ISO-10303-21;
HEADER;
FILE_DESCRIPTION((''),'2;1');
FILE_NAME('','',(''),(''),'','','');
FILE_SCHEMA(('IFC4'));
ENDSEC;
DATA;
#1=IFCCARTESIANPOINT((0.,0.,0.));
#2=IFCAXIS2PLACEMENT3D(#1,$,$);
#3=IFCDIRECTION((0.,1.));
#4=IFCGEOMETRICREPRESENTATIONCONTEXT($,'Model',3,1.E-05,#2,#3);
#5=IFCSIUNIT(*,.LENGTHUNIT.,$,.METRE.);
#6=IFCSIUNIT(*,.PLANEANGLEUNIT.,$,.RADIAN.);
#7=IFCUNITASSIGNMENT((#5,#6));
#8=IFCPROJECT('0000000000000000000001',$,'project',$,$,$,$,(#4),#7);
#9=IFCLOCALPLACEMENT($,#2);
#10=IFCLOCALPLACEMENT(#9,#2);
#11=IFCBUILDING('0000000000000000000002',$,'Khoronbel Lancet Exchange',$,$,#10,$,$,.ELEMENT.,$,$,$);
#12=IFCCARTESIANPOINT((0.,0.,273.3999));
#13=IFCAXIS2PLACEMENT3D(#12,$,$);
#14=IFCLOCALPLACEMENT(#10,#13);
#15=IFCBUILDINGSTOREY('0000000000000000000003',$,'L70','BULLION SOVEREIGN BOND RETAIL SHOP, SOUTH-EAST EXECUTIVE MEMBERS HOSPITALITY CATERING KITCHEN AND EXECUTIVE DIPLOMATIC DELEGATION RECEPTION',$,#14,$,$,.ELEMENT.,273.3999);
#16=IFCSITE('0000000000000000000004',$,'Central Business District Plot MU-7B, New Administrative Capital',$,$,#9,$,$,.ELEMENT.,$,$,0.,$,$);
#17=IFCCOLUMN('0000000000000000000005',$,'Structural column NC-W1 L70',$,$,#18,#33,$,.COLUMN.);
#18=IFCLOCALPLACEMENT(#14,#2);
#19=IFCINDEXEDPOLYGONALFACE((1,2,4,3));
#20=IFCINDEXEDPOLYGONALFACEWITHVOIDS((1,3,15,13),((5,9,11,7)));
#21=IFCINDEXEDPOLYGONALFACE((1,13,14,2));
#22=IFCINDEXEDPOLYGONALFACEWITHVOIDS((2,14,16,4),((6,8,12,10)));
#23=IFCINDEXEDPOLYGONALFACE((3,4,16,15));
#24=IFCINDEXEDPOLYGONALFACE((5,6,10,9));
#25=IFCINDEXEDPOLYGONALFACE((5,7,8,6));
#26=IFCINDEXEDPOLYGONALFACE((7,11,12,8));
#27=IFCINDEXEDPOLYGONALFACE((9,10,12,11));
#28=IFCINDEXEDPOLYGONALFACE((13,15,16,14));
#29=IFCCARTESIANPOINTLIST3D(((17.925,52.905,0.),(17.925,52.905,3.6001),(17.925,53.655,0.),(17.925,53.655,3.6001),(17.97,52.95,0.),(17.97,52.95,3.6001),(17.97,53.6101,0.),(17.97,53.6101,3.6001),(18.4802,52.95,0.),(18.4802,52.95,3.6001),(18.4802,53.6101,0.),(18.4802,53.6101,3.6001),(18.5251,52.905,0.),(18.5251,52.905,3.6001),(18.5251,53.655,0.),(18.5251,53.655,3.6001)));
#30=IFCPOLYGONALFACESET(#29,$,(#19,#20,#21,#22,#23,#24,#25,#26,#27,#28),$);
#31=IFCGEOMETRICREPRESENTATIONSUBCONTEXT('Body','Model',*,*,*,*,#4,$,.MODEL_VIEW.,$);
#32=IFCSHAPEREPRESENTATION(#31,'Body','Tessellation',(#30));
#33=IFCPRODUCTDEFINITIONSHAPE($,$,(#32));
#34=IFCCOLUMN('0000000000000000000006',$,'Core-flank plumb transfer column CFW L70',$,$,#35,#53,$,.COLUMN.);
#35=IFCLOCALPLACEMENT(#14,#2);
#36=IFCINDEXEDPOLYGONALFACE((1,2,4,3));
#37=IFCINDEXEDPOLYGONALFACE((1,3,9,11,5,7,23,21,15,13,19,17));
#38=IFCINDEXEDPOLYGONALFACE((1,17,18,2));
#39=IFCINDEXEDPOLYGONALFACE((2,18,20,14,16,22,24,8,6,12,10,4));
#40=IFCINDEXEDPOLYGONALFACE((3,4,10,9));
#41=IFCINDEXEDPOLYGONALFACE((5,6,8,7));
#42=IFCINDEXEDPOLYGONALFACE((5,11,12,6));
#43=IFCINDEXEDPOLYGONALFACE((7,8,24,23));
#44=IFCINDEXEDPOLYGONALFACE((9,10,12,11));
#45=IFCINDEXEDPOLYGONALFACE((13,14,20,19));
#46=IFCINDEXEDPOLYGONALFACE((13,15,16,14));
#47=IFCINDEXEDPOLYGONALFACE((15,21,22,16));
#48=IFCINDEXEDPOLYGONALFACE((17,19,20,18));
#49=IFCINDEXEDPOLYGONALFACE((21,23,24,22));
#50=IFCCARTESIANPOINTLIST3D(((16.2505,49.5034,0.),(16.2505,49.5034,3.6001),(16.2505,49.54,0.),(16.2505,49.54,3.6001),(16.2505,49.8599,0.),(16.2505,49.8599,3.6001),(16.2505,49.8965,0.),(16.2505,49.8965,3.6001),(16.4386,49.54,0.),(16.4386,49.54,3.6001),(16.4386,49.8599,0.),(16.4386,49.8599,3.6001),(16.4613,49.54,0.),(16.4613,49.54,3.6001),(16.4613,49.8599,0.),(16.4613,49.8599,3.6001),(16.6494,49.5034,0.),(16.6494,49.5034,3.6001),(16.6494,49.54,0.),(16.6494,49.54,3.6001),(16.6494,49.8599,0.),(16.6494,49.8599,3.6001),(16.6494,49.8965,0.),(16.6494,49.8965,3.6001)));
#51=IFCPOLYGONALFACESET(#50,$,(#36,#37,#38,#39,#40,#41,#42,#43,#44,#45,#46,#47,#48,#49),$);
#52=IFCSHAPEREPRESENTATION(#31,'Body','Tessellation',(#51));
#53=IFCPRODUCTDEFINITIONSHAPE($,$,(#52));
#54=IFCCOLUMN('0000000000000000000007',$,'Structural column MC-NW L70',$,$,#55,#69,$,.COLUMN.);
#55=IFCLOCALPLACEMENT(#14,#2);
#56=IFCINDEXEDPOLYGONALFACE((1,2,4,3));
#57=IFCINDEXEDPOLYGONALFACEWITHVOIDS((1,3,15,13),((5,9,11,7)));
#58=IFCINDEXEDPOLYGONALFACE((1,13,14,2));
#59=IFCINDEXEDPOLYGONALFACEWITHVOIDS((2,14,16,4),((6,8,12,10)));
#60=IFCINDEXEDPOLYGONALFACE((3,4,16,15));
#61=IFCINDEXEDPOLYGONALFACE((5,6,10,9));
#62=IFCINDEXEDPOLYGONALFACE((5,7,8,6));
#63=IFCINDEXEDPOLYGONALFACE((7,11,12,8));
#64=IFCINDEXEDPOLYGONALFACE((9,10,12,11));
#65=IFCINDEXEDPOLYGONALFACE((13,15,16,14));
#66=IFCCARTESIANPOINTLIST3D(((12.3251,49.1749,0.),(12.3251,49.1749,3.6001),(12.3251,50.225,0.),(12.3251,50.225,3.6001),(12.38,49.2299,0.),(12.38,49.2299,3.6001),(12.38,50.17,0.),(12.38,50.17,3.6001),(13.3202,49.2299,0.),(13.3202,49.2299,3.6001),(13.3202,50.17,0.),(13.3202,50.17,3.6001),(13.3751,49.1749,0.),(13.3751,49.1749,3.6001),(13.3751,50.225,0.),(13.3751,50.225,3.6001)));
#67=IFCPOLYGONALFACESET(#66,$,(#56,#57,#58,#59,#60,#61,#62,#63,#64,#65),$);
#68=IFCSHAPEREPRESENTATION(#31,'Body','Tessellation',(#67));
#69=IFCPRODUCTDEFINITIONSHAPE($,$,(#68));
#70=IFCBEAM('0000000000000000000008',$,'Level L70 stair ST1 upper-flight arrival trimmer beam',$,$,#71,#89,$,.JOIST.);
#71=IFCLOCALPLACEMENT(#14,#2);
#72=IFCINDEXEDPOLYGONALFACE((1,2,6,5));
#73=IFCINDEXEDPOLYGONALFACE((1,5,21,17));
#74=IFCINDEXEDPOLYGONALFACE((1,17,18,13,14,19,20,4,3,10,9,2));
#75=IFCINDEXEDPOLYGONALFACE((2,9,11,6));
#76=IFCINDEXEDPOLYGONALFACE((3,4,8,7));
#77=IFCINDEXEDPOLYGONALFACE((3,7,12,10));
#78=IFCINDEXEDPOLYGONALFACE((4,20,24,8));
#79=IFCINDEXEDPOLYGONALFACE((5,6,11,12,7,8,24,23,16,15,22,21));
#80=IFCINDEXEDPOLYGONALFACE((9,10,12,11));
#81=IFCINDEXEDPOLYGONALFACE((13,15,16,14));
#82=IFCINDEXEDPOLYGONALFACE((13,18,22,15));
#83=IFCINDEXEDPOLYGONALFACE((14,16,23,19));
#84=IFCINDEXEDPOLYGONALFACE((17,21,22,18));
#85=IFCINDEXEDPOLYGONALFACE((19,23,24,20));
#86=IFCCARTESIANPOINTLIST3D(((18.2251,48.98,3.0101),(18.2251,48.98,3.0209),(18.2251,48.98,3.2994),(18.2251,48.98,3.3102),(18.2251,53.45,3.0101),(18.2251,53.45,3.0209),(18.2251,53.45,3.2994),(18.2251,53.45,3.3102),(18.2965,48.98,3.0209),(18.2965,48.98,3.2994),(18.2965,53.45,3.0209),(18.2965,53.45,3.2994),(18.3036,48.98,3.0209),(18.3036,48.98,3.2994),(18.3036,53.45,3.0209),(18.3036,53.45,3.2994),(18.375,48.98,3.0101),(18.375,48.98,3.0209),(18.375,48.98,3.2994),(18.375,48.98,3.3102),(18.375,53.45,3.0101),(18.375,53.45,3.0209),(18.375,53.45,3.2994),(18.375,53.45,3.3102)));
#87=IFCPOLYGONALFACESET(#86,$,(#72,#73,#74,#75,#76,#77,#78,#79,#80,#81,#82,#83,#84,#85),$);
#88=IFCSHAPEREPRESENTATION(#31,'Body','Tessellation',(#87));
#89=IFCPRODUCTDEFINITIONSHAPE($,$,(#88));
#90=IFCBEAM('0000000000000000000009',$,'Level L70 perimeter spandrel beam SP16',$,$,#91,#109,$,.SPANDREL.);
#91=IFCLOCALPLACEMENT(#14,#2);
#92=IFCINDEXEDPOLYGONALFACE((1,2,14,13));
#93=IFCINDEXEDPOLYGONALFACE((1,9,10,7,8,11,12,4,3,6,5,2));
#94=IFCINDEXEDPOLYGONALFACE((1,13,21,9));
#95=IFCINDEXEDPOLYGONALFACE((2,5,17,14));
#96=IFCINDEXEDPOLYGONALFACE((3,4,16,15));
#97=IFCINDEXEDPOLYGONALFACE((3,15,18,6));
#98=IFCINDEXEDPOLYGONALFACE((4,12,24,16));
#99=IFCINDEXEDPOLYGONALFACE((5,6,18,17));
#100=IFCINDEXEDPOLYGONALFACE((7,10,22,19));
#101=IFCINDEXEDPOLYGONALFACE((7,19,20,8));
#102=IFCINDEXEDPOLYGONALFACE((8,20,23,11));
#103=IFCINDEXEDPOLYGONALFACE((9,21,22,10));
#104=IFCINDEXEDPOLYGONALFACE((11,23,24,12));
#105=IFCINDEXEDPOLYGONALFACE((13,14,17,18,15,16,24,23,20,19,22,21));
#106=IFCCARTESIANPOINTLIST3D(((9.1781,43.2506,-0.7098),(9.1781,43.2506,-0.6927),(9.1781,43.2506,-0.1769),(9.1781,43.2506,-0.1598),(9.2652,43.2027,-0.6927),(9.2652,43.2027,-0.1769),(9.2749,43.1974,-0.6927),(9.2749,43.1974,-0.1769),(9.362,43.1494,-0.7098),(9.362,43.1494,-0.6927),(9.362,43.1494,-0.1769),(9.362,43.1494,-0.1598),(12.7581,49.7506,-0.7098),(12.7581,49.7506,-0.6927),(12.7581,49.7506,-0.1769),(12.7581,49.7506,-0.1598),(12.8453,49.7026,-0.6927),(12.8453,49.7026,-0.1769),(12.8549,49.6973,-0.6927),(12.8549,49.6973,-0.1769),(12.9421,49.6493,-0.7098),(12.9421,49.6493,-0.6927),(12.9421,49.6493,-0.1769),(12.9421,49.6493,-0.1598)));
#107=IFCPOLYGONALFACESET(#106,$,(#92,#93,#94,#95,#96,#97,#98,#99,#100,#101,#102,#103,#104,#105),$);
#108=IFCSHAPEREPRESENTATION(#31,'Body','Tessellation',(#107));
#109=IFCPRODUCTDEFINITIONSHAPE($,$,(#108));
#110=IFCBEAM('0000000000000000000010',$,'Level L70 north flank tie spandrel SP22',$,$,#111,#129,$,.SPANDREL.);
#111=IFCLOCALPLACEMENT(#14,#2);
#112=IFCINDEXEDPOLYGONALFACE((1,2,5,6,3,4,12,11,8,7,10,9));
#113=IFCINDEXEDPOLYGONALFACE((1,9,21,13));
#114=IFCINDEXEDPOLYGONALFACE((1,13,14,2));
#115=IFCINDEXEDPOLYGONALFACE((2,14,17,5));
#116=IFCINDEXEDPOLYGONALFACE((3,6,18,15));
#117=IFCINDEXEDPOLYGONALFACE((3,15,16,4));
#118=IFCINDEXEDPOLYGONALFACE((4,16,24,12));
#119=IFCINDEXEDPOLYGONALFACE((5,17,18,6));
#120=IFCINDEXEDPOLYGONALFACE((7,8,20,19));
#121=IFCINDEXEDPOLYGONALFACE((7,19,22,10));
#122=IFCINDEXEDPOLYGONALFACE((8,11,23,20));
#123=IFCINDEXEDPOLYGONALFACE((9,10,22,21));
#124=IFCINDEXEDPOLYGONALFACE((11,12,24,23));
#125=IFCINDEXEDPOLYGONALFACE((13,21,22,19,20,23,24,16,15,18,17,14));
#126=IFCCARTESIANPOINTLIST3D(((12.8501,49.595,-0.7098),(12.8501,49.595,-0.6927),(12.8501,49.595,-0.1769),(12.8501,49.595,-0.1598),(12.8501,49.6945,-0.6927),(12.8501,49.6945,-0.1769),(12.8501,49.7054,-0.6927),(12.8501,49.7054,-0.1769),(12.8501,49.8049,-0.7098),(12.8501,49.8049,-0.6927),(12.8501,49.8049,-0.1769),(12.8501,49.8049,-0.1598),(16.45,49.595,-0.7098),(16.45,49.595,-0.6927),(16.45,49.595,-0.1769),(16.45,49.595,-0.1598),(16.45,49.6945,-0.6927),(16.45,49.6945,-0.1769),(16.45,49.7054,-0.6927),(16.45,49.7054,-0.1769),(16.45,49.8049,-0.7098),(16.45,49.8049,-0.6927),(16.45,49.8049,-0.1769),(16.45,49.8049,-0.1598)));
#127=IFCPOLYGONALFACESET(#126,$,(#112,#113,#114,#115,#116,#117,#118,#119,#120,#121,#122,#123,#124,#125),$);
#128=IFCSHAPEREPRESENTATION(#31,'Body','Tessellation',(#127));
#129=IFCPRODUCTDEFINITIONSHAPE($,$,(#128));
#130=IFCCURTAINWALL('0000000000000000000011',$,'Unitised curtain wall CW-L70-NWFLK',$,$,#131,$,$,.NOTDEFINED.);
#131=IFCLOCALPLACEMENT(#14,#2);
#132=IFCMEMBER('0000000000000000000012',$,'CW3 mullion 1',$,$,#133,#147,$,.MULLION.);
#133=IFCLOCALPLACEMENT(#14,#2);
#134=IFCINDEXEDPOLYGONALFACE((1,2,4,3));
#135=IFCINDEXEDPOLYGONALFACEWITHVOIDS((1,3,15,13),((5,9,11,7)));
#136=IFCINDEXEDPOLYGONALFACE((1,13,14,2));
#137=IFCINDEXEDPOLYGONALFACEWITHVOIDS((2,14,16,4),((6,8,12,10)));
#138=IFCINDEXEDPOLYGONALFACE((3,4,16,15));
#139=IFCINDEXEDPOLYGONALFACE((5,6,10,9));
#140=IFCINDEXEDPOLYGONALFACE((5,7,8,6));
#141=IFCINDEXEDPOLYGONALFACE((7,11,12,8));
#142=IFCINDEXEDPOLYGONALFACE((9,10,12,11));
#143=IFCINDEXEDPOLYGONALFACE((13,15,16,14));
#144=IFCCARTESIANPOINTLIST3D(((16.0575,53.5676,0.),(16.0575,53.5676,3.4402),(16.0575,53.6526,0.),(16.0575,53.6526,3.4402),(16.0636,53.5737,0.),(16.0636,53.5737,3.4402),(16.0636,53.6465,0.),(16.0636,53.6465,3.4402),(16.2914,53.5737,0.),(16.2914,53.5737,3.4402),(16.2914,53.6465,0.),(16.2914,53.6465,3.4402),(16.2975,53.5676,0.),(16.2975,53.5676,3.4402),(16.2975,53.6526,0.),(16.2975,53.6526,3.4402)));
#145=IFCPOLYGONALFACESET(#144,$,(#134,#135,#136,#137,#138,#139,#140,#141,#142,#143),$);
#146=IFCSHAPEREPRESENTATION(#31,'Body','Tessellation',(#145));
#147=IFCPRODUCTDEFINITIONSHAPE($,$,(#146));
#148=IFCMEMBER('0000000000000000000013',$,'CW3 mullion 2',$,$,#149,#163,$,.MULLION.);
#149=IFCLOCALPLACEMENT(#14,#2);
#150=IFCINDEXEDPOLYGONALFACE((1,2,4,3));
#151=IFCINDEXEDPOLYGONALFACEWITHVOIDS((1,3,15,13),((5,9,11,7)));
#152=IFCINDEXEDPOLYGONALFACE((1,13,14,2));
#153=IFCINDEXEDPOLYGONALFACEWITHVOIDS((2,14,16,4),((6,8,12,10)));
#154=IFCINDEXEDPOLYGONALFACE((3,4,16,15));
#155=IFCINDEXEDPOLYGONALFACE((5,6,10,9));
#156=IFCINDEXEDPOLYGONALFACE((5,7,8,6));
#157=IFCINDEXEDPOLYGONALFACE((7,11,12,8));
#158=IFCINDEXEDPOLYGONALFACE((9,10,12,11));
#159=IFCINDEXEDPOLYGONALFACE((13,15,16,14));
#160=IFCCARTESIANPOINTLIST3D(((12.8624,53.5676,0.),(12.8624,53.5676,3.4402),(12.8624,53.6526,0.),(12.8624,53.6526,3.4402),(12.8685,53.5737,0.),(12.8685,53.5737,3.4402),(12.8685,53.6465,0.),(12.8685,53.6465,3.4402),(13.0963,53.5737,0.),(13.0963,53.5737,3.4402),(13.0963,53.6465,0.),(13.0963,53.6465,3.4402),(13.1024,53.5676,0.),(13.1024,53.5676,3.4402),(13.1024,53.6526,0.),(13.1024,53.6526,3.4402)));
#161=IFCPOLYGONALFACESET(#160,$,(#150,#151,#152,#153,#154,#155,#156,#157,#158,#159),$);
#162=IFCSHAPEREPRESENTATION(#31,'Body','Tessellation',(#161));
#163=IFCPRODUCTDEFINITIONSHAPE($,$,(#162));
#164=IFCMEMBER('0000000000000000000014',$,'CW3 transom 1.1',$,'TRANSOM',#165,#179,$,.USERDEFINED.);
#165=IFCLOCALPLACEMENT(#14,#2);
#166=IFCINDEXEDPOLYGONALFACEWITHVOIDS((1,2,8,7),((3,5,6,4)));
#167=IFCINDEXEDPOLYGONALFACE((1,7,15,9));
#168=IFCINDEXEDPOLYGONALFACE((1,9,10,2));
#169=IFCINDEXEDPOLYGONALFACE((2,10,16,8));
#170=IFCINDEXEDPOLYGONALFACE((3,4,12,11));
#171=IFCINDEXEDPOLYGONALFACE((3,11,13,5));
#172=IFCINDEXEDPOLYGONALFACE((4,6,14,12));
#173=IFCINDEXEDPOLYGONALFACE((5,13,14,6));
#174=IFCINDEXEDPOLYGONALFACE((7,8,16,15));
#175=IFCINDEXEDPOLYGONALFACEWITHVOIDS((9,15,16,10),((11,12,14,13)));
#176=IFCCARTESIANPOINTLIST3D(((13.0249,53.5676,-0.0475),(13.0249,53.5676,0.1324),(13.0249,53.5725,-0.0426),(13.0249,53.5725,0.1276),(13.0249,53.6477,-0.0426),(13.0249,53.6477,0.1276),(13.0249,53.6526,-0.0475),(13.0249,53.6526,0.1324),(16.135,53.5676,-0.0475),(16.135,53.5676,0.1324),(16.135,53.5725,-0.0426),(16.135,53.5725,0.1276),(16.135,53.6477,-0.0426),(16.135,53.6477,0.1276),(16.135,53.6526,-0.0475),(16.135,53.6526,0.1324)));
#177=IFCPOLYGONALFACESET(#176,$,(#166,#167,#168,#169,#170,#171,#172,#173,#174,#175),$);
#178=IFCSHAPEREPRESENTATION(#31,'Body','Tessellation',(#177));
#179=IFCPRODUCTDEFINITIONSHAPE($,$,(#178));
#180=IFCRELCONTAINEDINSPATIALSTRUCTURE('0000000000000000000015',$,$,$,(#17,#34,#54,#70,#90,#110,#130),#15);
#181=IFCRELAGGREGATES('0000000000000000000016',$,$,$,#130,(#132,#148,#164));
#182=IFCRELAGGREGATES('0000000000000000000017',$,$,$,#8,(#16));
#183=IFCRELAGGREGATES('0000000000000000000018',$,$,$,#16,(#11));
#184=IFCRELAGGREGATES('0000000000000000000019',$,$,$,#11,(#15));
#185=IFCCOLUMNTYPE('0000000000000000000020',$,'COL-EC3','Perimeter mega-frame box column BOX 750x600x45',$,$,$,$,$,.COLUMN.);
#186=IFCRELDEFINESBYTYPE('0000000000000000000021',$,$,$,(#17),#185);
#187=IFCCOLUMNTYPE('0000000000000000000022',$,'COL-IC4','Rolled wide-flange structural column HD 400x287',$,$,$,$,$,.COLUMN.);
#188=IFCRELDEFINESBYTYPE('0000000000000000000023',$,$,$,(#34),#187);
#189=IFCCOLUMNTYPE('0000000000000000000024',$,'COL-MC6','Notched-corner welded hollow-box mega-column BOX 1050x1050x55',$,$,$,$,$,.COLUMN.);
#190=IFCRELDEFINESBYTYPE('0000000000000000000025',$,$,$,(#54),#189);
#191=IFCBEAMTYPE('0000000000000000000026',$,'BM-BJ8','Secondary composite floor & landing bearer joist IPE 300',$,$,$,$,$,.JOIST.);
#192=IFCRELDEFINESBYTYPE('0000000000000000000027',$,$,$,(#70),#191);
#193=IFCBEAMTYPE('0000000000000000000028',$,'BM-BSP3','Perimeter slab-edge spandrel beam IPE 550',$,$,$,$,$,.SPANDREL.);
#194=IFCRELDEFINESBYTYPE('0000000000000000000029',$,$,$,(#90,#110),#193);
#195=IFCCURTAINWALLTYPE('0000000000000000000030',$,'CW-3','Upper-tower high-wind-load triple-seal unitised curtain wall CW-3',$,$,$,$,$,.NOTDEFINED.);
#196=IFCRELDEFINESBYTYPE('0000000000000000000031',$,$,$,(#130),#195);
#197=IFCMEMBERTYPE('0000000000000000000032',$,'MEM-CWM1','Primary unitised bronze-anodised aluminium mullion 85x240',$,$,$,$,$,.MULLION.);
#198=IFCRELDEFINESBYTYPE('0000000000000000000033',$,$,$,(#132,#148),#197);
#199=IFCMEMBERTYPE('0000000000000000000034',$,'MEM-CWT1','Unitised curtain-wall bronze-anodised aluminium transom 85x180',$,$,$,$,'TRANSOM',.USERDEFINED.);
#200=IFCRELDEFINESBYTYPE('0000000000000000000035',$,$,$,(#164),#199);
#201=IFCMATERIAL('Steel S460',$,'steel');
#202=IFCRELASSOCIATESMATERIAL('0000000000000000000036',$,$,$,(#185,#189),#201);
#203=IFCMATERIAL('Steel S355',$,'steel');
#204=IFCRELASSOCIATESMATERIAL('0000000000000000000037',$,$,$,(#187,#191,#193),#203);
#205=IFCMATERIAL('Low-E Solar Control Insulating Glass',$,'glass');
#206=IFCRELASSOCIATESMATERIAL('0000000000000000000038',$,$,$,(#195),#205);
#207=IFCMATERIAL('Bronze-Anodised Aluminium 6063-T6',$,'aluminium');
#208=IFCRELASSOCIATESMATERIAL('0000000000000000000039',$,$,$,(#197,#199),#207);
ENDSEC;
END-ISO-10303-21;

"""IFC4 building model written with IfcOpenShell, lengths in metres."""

from ifc_helpers import new_model, si_unit, direction, frame, origin, origin_2d, place, context, subcontext, project, spatial, hollow_rectangle, i_section, extrude, material, material_profile, profile_set, type_object, element, aggregate, save


model = new_model("IFC4")

# Units and contexts
model_context = context("Model", 3, precision=1e-05, world=origin(), true_north=direction((0.0, 1.0)))
body_context = subcontext(model_context, "Body", "Model", "MODEL_VIEW")
ifc_project = project(units=[si_unit("LENGTHUNIT", "METRE"), si_unit("PLANEANGLEUNIT", "RADIAN")], contexts=[model_context])

# Site, building, storey
site_placement = place(None, origin())
site = spatial("IfcSite", under=ifc_project, at=site_placement, Name="Central Business District Plot MU-7B, New Administrative Capital", CompositionType="ELEMENT", RefElevation=0.0)
building_placement = place(site_placement, origin())
building = spatial("IfcBuilding", under=site, at=building_placement, Name="Khoronbel Lancet Exchange", CompositionType="ELEMENT")
storey_placement = place(building_placement, frame((0.0, 0.0, 273.3999)))
storey = spatial("IfcBuildingStorey", under=building, at=storey_placement, Name="L70", Description="BULLION SOVEREIGN BOND RETAIL SHOP, SOUTH-EAST EXECUTIVE MEMBERS HOSPITALITY CATERING KITCHEN AND EXECUTIVE DIPLOMATIC DELEGATION RECEPTION", CompositionType="ELEMENT", Elevation=273.3999)

# Columns
ifc_material_1 = material(Name="Steel S460", Category="steel")
ifc_material_profile_1 = material_profile(ifc_material_1, hollow_rectangle(XDim=0.6001, YDim=0.75, WallThickness=0.0449, at=origin_2d()), Name="BOX 750x600x45")
ifc_profile_set_1 = profile_set([ifc_material_profile_1], Name="Steel S460")
column_type_1 = type_object("IfcColumnType", Name="COL-EC3", Description="Perimeter mega-frame box column BOX 750x600x45", PredefinedType="COLUMN", material=ifc_profile_set_1)
column_1_placement = place(storey_placement, frame((18.2251, 53.28, 0.0), z_axis=(0.0, 0.0, 1.0), x_axis=(1.0, 0.0, 0.0)))
element("IfcColumn", 1, at=column_1_placement, inside=storey, type_object=column_type_1, Name="Structural column NC-W1 L70", PredefinedType="COLUMN", context=body_context, shape_type="SweptSolid", body=[
    extrude(hollow_rectangle(XDim=0.6001, YDim=0.75, WallThickness=0.0449, at=origin_2d()), origin(), (0.0, 0.0, 1.0), 3.6001),
])
ifc_material_2 = material(Name="Steel S355", Category="steel")
ifc_material_profile_2 = material_profile(ifc_material_2, i_section(OverallWidth=0.3989, OverallDepth=0.3931, WebThickness=0.0227, FlangeThickness=0.0366, at=origin_2d()), Name="HD 400x287")
ifc_profile_set_2 = profile_set([ifc_material_profile_2], Name="Steel S355")
column_type_2 = type_object("IfcColumnType", Name="COL-IC4", Description="Rolled wide-flange structural column HD 400x287", PredefinedType="COLUMN", material=ifc_profile_set_2)
column_2_placement = place(storey_placement, frame((16.45, 49.7, 0.0), z_axis=(0.0, 0.0, 1.0), x_axis=(1.0, 0.0, 0.0)))
element("IfcColumn", 2, at=column_2_placement, inside=storey, type_object=column_type_2, Name="Core-flank plumb transfer column CFW L70", PredefinedType="COLUMN", context=body_context, shape_type="SweptSolid", body=[
    extrude(i_section(OverallWidth=0.3989, OverallDepth=0.3931, WebThickness=0.0227, FlangeThickness=0.0366, at=origin_2d()), origin(), (0.0, 0.0, 1.0), 3.6001),
])
ifc_material_profile_3 = material_profile(ifc_material_1, hollow_rectangle(XDim=1.05, YDim=1.05, WallThickness=0.0549, at=origin_2d()), Name="BOX 1050x1050x55")
ifc_profile_set_3 = profile_set([ifc_material_profile_3], Name="Steel S460")
column_type_3 = type_object("IfcColumnType", Name="COL-MC6", Description="Notched-corner welded hollow-box mega-column BOX 1050x1050x55", PredefinedType="COLUMN", material=ifc_profile_set_3)
column_3_placement = place(storey_placement, frame((12.8501, 49.7, 0.0), z_axis=(0.0, 0.0, 1.0), x_axis=(1.0, 0.0, 0.0)))
element("IfcColumn", 3, at=column_3_placement, inside=storey, type_object=column_type_3, Name="Structural column MC-NW L70", PredefinedType="COLUMN", context=body_context, shape_type="SweptSolid", body=[
    extrude(hollow_rectangle(XDim=1.05, YDim=1.05, WallThickness=0.0549, at=origin_2d()), origin(), (0.0, 0.0, 1.0), 3.6001),
])

# Beams
ifc_material_profile_4 = material_profile(ifc_material_2, i_section(OverallWidth=0.1499, OverallDepth=0.3, WebThickness=0.0071, FlangeThickness=0.0107, at=origin_2d()), Name="IPE 300")
ifc_profile_set_4 = profile_set([ifc_material_profile_4], Name="Steel S355")
beam_type_1 = type_object("IfcBeamType", Name="BM-BJ8", Description="Secondary composite floor & landing bearer joist IPE 300", PredefinedType="JOIST", material=ifc_profile_set_4)
beam_1_placement = place(storey_placement, frame((18.3, 48.98, 3.1602), z_axis=(0.0, 1.0, 0.0), x_axis=(-1.0, 0.0, 0.0)))
element("IfcBeam", 4, at=beam_1_placement, inside=storey, type_object=beam_type_1, Name="Level L70 stair ST1 upper-flight arrival trimmer beam", PredefinedType="JOIST", context=body_context, shape_type="SweptSolid", body=[
    extrude(i_section(OverallWidth=0.1499, OverallDepth=0.3, WebThickness=0.0071, FlangeThickness=0.0107, at=origin_2d()), origin(), (0.0, 0.0, 1.0), 4.47),
])
ifc_material_profile_5 = material_profile(ifc_material_2, i_section(OverallWidth=0.21, OverallDepth=0.55, WebThickness=0.011, FlangeThickness=0.0171, at=origin_2d()), Name="IPE 550")
ifc_profile_set_5 = profile_set([ifc_material_profile_5], Name="Steel S355")
beam_type_2 = type_object("IfcBeamType", Name="BM-BSP3", Description="Perimeter slab-edge spandrel beam IPE 550", PredefinedType="SPANDREL", material=ifc_profile_set_5)
beam_2_placement = place(storey_placement, frame((12.8501, 49.7, -0.4348), z_axis=(-0.482444, -0.875927, 0.0), x_axis=(0.875927, -0.482444, 0.0)))
element("IfcBeam", 5, at=beam_2_placement, inside=storey, type_object=beam_type_2, Name="Level L70 perimeter spandrel beam SP16", PredefinedType="SPANDREL", context=body_context, shape_type="SweptSolid", body=[
    extrude(i_section(OverallWidth=0.21, OverallDepth=0.55, WebThickness=0.011, FlangeThickness=0.0171, at=origin_2d()), origin(), (0.0, 0.0, 1.0), 7.4207),
])
beam_3_placement = place(storey_placement, frame((12.8501, 49.7, -0.4348), z_axis=(1.0, 0.0, 0.0), x_axis=(0.0, 1.0, 0.0)))
element("IfcBeam", 6, at=beam_3_placement, inside=storey, type_object=beam_type_2, Name="Level L70 north flank tie spandrel SP22", PredefinedType="SPANDREL", context=body_context, shape_type="SweptSolid", body=[
    extrude(i_section(OverallWidth=0.21, OverallDepth=0.55, WebThickness=0.011, FlangeThickness=0.0171, at=origin_2d()), origin(), (0.0, 0.0, 1.0), 3.5999),
])

# Curtain wall, members
ifc_material_3 = material(Name="Low-E Solar Control Insulating Glass", Category="glass")
curtain_wall_type = type_object("IfcCurtainWallType", Name="CW-3", Description="Upper-tower high-wind-load triple-seal unitised curtain wall CW-3", PredefinedType="NOTDEFINED", material=ifc_material_3)
curtain_wall_placement = place(storey_placement, origin())
curtain_wall = element("IfcCurtainWall", 7, at=curtain_wall_placement, inside=storey, type_object=curtain_wall_type, Name="Unitised curtain wall CW-L70-NWFLK", PredefinedType="NOTDEFINED")
ifc_material_4 = material(Name="Bronze-Anodised Aluminium 6063-T6", Category="aluminium")
ifc_material_profile_6 = material_profile(ifc_material_4, hollow_rectangle(XDim=0.085, YDim=0.24, WallThickness=0.0061, at=origin_2d()), Name="ALU MULLION 85x240")
ifc_profile_set_6 = profile_set([ifc_material_profile_6], Name="Bronze-Anodised Aluminium 6063-T6")
member_type_1 = type_object("IfcMemberType", Name="MEM-CWM1", Description="Primary unitised bronze-anodised aluminium mullion 85x240", PredefinedType="MULLION", material=ifc_profile_set_6)
member_1_placement = place(storey_placement, frame((16.1775, 53.6101, 0.0), z_axis=(0.0, 0.0, 1.0), x_axis=(0.0, -1.0, 0.0)))
member_1 = element("IfcMember", 8, at=member_1_placement, type_object=member_type_1, Name="CW3 mullion 1", PredefinedType="MULLION", context=body_context, shape_type="SweptSolid", body=[
    extrude(hollow_rectangle(XDim=0.085, YDim=0.24, WallThickness=0.0061, at=origin_2d()), origin(), (0.0, 0.0, 1.0), 3.4402),
])
member_2_placement = place(storey_placement, frame((12.9824, 53.6101, 0.0), z_axis=(0.0, 0.0, 1.0), x_axis=(0.0, -1.0, 0.0)))
member_2 = element("IfcMember", 9, at=member_2_placement, type_object=member_type_1, Name="CW3 mullion 2", PredefinedType="MULLION", context=body_context, shape_type="SweptSolid", body=[
    extrude(hollow_rectangle(XDim=0.085, YDim=0.24, WallThickness=0.0061, at=origin_2d()), origin(), (0.0, 0.0, 1.0), 3.4402),
])
ifc_material_profile_7 = material_profile(ifc_material_4, hollow_rectangle(XDim=0.085, YDim=0.1799, WallThickness=0.0049, at=origin_2d()), Name="ALU TRANSOM 85x180")
ifc_profile_set_7 = profile_set([ifc_material_profile_7], Name="Bronze-Anodised Aluminium 6063-T6")
member_type_2 = type_object("IfcMemberType", Name="MEM-CWT1", Description="Unitised curtain-wall bronze-anodised aluminium transom 85x180", ElementType="TRANSOM", PredefinedType="USERDEFINED", material=ifc_profile_set_7)
member_3_placement = place(storey_placement, frame((16.135, 53.6101, 0.0425), z_axis=(-1.0, 0.0, 0.0), x_axis=(0.0, -1.0, 0.0)))
member_3 = element("IfcMember", 10, at=member_3_placement, type_object=member_type_2, Name="CW3 transom 1.1", ObjectType="TRANSOM", PredefinedType="USERDEFINED", context=body_context, shape_type="SweptSolid", body=[
    extrude(hollow_rectangle(XDim=0.085, YDim=0.1799, WallThickness=0.0049, at=origin_2d()), origin(), (0.0, 0.0, 1.0), 3.1101),
])

aggregate(curtain_wall, [member_1, member_2, member_3])

save(model, "model.ifc")
